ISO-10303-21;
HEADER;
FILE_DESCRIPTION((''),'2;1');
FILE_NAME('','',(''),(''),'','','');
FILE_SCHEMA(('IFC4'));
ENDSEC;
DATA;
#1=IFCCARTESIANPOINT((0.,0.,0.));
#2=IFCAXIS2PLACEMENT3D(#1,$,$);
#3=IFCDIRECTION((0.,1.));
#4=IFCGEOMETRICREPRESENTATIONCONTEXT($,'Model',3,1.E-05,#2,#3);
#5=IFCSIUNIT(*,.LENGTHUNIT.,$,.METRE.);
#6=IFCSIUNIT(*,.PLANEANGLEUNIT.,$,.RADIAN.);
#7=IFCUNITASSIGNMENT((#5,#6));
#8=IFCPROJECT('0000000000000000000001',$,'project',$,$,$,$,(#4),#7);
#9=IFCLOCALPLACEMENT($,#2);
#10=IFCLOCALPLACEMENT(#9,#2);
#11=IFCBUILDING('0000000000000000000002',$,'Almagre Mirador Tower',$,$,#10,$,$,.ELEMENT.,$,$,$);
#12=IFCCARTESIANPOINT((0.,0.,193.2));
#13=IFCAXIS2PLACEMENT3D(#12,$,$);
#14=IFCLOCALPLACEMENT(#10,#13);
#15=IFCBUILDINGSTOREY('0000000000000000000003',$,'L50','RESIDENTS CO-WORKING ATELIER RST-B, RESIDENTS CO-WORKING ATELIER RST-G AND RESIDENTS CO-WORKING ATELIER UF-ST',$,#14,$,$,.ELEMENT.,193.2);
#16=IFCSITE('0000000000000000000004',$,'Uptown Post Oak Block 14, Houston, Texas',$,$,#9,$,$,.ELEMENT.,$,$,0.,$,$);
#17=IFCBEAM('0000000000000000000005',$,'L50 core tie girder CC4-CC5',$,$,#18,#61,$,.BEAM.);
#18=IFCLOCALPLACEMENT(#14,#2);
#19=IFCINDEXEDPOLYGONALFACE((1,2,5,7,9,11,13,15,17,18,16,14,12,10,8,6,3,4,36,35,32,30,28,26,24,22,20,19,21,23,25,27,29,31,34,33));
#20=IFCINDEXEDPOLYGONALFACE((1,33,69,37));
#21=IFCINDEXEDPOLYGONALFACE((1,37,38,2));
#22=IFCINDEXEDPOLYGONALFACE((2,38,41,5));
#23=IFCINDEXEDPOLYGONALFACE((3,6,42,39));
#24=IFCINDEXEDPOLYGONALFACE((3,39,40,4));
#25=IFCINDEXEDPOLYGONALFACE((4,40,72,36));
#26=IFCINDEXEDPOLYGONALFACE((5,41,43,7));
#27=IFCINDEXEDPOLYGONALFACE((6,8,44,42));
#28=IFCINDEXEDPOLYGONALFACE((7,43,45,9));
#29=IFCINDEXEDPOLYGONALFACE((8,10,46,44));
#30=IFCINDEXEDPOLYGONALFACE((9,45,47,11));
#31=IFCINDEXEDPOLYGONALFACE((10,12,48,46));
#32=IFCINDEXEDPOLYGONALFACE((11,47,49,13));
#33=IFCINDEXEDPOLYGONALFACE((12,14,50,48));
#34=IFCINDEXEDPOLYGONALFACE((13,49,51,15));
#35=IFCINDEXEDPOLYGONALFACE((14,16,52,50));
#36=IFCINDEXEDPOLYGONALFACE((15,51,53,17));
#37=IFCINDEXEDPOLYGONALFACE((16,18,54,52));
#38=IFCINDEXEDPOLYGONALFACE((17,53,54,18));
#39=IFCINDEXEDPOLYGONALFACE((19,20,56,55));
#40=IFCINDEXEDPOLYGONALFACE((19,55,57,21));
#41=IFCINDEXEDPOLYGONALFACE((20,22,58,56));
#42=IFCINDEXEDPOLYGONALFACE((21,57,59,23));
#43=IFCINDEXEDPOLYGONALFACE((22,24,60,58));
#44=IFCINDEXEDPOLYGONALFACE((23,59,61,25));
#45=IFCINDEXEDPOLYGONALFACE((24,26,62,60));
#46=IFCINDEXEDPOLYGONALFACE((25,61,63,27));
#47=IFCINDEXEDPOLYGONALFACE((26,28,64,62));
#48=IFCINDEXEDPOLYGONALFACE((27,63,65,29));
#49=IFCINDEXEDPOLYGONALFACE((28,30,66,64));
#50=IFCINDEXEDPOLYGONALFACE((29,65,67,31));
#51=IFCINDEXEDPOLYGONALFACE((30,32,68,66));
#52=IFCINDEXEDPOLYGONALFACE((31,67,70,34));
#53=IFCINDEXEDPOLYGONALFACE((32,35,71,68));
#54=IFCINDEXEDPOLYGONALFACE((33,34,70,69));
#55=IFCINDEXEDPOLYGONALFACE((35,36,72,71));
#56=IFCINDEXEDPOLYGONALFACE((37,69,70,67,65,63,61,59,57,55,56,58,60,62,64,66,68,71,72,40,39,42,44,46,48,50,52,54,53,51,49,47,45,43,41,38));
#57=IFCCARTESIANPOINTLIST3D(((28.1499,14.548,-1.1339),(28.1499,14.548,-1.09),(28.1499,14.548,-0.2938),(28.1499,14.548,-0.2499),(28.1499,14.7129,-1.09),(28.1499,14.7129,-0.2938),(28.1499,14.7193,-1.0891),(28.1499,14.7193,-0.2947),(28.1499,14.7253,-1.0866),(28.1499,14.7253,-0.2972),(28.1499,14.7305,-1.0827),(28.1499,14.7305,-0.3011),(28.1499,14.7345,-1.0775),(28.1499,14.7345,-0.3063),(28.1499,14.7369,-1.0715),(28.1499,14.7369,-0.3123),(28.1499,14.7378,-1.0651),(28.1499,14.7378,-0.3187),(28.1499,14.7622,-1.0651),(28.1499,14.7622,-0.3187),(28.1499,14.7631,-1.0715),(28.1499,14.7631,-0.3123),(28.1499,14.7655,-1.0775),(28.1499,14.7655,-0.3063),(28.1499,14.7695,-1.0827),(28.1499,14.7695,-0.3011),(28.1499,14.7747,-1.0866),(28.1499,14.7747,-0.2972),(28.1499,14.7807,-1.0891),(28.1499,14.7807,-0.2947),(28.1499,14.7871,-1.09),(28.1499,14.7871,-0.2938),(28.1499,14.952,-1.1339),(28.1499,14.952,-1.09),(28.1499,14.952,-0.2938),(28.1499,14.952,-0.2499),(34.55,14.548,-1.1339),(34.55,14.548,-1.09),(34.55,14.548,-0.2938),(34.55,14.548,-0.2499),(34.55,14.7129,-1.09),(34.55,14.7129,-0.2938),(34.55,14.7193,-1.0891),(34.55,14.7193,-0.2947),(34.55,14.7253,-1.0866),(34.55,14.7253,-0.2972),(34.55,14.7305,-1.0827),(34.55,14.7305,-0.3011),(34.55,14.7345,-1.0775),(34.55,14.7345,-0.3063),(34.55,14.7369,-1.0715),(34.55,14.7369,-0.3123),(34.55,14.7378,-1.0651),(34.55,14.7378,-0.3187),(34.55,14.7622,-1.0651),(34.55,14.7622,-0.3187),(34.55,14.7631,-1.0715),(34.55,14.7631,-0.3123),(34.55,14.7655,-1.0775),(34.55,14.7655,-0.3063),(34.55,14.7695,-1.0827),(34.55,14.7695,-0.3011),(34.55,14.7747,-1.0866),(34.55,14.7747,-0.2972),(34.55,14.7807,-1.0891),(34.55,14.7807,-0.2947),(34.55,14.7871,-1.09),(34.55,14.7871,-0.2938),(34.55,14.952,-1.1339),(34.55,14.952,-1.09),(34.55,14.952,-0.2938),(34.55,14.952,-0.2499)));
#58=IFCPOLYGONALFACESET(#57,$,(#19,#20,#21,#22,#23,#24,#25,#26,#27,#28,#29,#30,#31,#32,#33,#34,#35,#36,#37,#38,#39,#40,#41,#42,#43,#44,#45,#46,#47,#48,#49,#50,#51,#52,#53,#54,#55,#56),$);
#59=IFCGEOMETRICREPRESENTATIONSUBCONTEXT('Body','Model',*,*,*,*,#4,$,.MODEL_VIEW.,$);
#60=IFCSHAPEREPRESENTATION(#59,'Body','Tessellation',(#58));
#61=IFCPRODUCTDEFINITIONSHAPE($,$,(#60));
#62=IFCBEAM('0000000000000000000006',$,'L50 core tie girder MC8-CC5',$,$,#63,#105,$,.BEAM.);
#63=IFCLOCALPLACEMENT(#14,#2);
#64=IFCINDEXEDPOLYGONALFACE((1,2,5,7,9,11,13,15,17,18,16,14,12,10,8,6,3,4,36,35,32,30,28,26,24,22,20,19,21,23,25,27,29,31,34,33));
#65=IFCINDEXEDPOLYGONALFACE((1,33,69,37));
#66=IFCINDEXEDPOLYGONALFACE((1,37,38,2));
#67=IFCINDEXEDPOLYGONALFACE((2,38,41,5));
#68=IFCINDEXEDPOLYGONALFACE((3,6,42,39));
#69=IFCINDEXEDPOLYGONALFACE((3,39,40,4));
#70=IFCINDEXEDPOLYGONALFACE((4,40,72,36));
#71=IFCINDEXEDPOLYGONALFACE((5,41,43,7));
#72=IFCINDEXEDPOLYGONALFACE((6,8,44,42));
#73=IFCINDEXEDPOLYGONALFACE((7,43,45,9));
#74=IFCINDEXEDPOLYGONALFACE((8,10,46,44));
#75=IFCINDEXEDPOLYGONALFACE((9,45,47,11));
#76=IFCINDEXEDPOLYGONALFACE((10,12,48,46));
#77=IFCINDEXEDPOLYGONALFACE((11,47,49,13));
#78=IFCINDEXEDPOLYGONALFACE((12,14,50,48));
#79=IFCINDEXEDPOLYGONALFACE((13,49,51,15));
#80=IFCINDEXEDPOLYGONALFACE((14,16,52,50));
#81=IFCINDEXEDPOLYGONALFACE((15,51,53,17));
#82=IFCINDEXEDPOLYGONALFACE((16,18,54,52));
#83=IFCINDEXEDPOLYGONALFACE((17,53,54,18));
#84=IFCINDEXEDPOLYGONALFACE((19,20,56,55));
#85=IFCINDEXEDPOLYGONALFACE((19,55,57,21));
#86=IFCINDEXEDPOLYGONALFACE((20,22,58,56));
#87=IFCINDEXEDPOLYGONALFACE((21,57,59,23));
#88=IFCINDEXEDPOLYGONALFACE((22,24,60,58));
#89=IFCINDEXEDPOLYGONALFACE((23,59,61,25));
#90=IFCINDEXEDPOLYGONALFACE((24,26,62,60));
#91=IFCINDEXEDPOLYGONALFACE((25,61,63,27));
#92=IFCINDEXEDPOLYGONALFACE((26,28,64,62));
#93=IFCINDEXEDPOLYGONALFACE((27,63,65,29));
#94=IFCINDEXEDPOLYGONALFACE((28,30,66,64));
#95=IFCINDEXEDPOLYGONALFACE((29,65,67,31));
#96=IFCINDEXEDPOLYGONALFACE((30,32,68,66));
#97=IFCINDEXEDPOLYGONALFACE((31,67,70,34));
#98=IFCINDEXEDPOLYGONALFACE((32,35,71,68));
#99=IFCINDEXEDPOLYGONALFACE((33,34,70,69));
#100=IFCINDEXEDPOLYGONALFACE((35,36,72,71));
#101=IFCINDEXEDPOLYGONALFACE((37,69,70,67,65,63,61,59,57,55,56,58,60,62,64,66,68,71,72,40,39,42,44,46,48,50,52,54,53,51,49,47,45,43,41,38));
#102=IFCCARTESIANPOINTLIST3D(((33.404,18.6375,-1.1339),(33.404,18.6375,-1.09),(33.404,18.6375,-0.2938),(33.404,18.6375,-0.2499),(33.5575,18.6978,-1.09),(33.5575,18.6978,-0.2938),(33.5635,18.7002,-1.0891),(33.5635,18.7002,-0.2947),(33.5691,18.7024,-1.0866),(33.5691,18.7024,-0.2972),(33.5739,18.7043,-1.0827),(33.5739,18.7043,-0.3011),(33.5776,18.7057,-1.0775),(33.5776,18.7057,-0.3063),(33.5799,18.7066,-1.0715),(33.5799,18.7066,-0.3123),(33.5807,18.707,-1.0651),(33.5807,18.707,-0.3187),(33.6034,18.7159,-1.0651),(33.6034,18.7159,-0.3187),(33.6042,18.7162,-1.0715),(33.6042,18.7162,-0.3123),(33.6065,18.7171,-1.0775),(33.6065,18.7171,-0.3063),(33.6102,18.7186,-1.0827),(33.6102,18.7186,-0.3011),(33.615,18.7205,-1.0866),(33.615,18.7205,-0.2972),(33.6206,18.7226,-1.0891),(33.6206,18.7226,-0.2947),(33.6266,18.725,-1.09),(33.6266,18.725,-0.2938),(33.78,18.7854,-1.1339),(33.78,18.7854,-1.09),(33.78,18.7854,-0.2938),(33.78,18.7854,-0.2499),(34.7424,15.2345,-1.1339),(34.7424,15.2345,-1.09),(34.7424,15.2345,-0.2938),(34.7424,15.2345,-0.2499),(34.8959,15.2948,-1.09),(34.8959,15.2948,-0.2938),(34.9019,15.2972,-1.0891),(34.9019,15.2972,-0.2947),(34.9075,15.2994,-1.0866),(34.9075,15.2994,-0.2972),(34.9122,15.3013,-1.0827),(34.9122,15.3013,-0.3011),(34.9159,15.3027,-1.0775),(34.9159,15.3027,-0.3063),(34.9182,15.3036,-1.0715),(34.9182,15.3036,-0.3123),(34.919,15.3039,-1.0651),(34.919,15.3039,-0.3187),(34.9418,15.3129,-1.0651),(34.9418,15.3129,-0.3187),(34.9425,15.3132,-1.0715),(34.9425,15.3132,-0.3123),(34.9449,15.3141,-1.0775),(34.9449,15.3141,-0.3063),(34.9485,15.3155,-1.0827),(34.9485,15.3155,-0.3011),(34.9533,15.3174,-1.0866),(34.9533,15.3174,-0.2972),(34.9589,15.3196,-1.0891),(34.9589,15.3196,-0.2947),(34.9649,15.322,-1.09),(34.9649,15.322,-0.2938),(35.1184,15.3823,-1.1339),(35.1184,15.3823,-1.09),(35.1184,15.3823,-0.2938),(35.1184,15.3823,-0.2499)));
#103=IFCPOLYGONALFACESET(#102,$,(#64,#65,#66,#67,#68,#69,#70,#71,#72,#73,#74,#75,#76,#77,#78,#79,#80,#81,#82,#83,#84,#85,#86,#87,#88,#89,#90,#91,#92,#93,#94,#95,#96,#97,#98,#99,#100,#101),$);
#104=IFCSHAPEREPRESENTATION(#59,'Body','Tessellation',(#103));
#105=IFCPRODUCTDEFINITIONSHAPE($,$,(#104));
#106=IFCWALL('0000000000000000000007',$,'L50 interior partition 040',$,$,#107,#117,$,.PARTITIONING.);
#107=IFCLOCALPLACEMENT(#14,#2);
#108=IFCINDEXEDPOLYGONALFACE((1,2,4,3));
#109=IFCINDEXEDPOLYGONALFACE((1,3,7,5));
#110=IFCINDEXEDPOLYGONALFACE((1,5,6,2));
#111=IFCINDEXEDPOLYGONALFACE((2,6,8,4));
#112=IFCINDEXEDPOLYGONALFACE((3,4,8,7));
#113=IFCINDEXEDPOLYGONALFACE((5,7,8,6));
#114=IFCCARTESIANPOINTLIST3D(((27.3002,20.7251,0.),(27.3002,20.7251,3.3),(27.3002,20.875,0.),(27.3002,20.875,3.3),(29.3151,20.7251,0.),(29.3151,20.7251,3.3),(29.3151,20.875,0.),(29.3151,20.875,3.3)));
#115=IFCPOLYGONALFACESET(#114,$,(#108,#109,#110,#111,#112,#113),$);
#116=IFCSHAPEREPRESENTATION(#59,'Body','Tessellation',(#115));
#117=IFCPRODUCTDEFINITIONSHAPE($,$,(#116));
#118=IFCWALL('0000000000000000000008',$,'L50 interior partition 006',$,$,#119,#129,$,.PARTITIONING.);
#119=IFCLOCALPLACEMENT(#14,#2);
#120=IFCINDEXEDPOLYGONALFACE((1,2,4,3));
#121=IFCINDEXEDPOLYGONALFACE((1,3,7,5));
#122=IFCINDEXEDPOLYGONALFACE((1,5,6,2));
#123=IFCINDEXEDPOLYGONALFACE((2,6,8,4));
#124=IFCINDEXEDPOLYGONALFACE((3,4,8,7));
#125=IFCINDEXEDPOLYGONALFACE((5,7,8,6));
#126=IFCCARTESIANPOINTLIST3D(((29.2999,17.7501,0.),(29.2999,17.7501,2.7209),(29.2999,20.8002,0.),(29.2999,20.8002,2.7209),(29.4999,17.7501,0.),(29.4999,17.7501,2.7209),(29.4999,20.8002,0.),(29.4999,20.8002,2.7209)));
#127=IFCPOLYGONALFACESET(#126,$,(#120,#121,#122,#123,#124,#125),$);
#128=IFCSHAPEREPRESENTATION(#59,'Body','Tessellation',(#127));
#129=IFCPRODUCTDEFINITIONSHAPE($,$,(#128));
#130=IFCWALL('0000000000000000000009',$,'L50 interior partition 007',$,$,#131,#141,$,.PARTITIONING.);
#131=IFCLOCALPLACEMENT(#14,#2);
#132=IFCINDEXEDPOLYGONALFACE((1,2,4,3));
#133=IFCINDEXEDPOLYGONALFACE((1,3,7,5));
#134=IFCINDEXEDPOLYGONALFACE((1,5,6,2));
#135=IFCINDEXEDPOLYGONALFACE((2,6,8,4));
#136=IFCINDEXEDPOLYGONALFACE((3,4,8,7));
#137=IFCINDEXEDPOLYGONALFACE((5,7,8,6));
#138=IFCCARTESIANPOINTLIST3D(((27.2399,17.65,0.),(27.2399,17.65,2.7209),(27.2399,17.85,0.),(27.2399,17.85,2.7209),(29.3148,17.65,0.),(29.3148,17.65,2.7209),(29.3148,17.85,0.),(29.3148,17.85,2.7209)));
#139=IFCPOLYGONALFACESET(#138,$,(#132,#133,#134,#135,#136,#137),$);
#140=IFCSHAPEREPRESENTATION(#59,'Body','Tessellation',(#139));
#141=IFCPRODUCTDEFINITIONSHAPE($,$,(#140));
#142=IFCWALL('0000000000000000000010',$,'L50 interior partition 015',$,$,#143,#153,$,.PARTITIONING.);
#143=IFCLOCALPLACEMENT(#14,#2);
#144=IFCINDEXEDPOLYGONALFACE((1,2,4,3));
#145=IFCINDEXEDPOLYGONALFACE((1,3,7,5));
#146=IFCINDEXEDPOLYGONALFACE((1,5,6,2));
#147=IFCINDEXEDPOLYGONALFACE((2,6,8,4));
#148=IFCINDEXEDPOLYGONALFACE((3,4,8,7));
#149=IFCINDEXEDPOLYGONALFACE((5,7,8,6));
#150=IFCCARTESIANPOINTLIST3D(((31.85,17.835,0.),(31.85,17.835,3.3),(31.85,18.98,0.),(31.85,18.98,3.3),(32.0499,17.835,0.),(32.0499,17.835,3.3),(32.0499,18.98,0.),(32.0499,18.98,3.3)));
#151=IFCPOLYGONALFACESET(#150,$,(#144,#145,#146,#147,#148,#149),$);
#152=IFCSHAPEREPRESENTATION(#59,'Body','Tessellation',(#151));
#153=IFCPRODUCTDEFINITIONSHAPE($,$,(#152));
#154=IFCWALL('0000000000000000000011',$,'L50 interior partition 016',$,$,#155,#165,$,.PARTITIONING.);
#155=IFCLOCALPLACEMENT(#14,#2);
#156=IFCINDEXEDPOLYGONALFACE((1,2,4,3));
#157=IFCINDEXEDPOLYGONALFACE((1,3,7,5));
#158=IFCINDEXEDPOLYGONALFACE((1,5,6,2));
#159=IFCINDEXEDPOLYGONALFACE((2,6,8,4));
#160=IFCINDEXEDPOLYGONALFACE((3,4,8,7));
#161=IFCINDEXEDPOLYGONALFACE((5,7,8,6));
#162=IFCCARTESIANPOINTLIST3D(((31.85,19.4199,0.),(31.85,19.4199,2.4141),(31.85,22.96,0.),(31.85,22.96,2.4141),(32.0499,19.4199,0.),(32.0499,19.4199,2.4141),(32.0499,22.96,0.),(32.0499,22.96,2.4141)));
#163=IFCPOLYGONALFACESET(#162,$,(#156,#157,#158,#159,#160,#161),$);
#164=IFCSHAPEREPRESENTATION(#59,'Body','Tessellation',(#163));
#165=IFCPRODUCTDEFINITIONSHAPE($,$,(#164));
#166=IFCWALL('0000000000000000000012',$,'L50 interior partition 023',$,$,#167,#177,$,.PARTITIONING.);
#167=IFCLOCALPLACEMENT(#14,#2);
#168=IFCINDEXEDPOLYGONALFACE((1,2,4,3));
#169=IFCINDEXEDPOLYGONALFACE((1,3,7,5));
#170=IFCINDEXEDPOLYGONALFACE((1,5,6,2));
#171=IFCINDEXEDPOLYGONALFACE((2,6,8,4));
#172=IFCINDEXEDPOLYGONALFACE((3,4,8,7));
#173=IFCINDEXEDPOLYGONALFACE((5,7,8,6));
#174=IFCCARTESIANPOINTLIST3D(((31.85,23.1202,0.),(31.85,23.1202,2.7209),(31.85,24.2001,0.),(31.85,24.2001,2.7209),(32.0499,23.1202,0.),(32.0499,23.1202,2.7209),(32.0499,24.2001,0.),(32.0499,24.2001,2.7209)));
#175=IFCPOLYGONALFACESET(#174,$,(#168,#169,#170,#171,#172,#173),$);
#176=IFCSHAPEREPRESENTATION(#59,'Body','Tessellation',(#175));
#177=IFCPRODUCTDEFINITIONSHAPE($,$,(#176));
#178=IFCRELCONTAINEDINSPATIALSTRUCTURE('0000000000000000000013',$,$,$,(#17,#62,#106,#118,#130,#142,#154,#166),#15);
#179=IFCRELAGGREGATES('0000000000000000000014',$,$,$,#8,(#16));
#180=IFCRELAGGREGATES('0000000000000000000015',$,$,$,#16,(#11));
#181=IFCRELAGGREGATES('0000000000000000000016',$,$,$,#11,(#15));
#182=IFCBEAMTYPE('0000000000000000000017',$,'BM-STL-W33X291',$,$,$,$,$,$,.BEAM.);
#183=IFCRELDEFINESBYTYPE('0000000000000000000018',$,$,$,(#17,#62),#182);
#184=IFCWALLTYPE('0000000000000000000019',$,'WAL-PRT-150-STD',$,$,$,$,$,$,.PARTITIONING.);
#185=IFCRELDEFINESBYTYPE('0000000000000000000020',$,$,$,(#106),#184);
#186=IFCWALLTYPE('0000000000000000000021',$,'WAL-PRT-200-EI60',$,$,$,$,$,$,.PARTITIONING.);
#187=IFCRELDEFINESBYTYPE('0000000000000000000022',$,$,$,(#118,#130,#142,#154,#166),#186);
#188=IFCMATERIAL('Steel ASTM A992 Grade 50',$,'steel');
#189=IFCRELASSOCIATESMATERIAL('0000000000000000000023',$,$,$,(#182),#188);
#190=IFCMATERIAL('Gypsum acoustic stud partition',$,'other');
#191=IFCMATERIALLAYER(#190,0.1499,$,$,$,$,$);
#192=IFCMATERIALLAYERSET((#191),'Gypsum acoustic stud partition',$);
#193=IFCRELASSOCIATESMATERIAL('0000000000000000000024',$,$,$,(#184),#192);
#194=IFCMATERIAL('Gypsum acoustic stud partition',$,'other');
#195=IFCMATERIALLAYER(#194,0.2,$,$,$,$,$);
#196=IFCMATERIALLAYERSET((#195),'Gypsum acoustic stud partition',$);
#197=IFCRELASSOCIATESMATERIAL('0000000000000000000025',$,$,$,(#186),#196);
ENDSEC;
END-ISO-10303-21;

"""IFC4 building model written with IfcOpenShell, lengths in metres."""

from ifc_helpers import new_model, si_unit, direction, frame, frame_2d, origin, origin_2d, place, context, subcontext, project, spatial, rectangle, i_section, extrude, material, layer, layer_set, material_profile, profile_set, type_object, element, save


model = new_model("IFC4")

# Units and contexts
model_context = context("Model", 3, precision=1e-05, world=origin(), true_north=direction((0.0, 1.0)))
body_context = subcontext(model_context, "Body", "Model", "MODEL_VIEW")
ifc_project = project(units=[si_unit("LENGTHUNIT", "METRE"), si_unit("PLANEANGLEUNIT", "RADIAN")], contexts=[model_context])

# Site, building, storey
site_placement = place(None, origin())
site = spatial("IfcSite", under=ifc_project, at=site_placement, Name="Uptown Post Oak Block 14, Houston, Texas", CompositionType="ELEMENT", RefElevation=0.0)
building_placement = place(site_placement, origin())
building = spatial("IfcBuilding", under=site, at=building_placement, Name="Almagre Mirador Tower", CompositionType="ELEMENT")
storey_placement = place(building_placement, frame((0.0, 0.0, 193.2)))
storey = spatial("IfcBuildingStorey", under=building, at=storey_placement, Name="L50", Description="RESIDENTS CO-WORKING ATELIER RST-B, RESIDENTS CO-WORKING ATELIER RST-G AND RESIDENTS CO-WORKING ATELIER UF-ST", CompositionType="ELEMENT", Elevation=193.2)

# Beams
ifc_material_1 = material(Name="Steel ASTM A992 Grade 50", Category="steel")
ifc_material_profile_1 = material_profile(ifc_material_1, i_section(OverallWidth=0.4041, OverallDepth=0.884, WebThickness=0.0244, FlangeThickness=0.0439, FilletRadius=0.0249, at=origin_2d()), Name="W33X291")
ifc_profile_set_1 = profile_set([ifc_material_profile_1], Name="Steel ASTM A992 Grade 50")
beam_type_1 = type_object("IfcBeamType", Name="BM-STL-W33X291", PredefinedType="BEAM", material=ifc_profile_set_1)
beam_1_placement = place(storey_placement, frame((28.1499, 14.75, -0.6919), z_axis=(1.0, 0.0, 0.0), x_axis=(0.0, 1.0, 0.0)))
element("IfcBeam", 1, at=beam_1_placement, inside=storey, type_object=beam_type_1, Name="L50 core tie girder CC4-CC5", PredefinedType="BEAM", context=body_context, shape_type="SweptSolid", body=[
    extrude(i_section(OverallWidth=0.4041, OverallDepth=0.884, WebThickness=0.0244, FlangeThickness=0.0439, FilletRadius=0.0249, at=origin_2d()), origin(), (0.0, 0.0, 1.0), 6.4001),
])
beam_2_placement = place(storey_placement, frame((33.592, 18.7114, -0.6919), z_axis=(0.365997, -0.930616, 0.0), x_axis=(0.930616, 0.365997, 0.0)))
element("IfcBeam", 2, at=beam_2_placement, inside=storey, type_object=beam_type_1, Name="L50 core tie girder MC8-CC5", PredefinedType="BEAM", context=body_context, shape_type="SweptSolid", body=[
    extrude(i_section(OverallWidth=0.4041, OverallDepth=0.884, WebThickness=0.0244, FlangeThickness=0.0439, FilletRadius=0.0249, at=origin_2d()), origin(), (0.0, 0.0, 1.0), 3.6567),
])

# Walls
ifc_material_2 = material(Name="Gypsum acoustic stud partition", Category="other")
ifc_layer_1 = layer(ifc_material_2, 0.1499)
ifc_layer_set_1 = layer_set([ifc_layer_1], Name="Gypsum acoustic stud partition")
wall_type_1 = type_object("IfcWallType", Name="WAL-PRT-150-STD", PredefinedType="PARTITIONING", material=ifc_layer_set_1)
wall_1_placement = place(storey_placement, frame((29.3149, 20.8, 0.0), z_axis=(0.0, 0.0, 1.0), x_axis=(-1.0, 0.0, 0.0)))
element("IfcWall", 3, at=wall_1_placement, inside=storey, type_object=wall_type_1, Name="L50 interior partition 040", PredefinedType="PARTITIONING", context=body_context, shape_type="SweptSolid", body=[
    extrude(rectangle(XDim=2.0149, YDim=0.1499, at=frame_2d((1.0073, 0.0))), origin(), (0.0, 0.0, 1.0), 3.3),
])
ifc_material_3 = material(Name="Gypsum acoustic stud partition", Category="other")
ifc_layer_2 = layer(ifc_material_3, 0.2)
ifc_layer_set_2 = layer_set([ifc_layer_2], Name="Gypsum acoustic stud partition")
wall_type_2 = type_object("IfcWallType", Name="WAL-PRT-200-EI60", PredefinedType="PARTITIONING", material=ifc_layer_set_2)
wall_2_placement = place(storey_placement, frame((29.3999, 20.8, 0.0), z_axis=(0.0, 0.0, 1.0), x_axis=(0.0, -1.0, 0.0)))
element("IfcWall", 4, at=wall_2_placement, inside=storey, type_object=wall_type_2, Name="L50 interior partition 006", PredefinedType="PARTITIONING", context=body_context, shape_type="SweptSolid", body=[
    extrude(rectangle(XDim=3.05, YDim=0.2, at=frame_2d((1.5249, 0.0))), origin(), (0.0, 0.0, 1.0), 2.7209),
])
wall_3_placement = place(storey_placement, frame((29.3149, 17.75, 0.0), z_axis=(0.0, 0.0, 1.0), x_axis=(-1.0, 0.0, 0.0)))
element("IfcWall", 5, at=wall_3_placement, inside=storey, type_object=wall_type_2, Name="L50 interior partition 007", PredefinedType="PARTITIONING", context=body_context, shape_type="SweptSolid", body=[
    extrude(rectangle(XDim=2.075, YDim=0.2, at=frame_2d((1.0376, 0.0))), origin(), (0.0, 0.0, 1.0), 2.7209),
])
wall_4_placement = place(storey_placement, frame((31.95, 17.835, 0.0), z_axis=(0.0, 0.0, 1.0), x_axis=(0.0, 1.0, 0.0)))
element("IfcWall", 6, at=wall_4_placement, inside=storey, type_object=wall_type_2, Name="L50 interior partition 015", PredefinedType="PARTITIONING", context=body_context, shape_type="SweptSolid", body=[
    extrude(rectangle(XDim=1.145, YDim=0.2, at=frame_2d((0.5725, 0.0))), origin(), (0.0, 0.0, 1.0), 3.3),
])
wall_5_placement = place(storey_placement, frame((31.95, 19.4199, 0.0), z_axis=(0.0, 0.0, 1.0), x_axis=(0.0, 1.0, 0.0)))
element("IfcWall", 7, at=wall_5_placement, inside=storey, type_object=wall_type_2, Name="L50 interior partition 016", PredefinedType="PARTITIONING", context=body_context, shape_type="SweptSolid", body=[
    extrude(rectangle(XDim=3.54, YDim=0.2, at=frame_2d((1.77, 0.0))), origin(), (0.0, 0.0, 1.0), 2.4141),
])
wall_6_placement = place(storey_placement, frame((31.95, 23.1201, 0.0), z_axis=(0.0, 0.0, 1.0), x_axis=(0.0, 1.0, 0.0)))
element("IfcWall", 8, at=wall_6_placement, inside=storey, type_object=wall_type_2, Name="L50 interior partition 023", PredefinedType="PARTITIONING", context=body_context, shape_type="SweptSolid", body=[
    extrude(rectangle(XDim=1.0798, YDim=0.2, at=frame_2d((0.54, 0.0))), origin(), (0.0, 0.0, 1.0), 2.7209),
])

save(model, "model.ifc")
